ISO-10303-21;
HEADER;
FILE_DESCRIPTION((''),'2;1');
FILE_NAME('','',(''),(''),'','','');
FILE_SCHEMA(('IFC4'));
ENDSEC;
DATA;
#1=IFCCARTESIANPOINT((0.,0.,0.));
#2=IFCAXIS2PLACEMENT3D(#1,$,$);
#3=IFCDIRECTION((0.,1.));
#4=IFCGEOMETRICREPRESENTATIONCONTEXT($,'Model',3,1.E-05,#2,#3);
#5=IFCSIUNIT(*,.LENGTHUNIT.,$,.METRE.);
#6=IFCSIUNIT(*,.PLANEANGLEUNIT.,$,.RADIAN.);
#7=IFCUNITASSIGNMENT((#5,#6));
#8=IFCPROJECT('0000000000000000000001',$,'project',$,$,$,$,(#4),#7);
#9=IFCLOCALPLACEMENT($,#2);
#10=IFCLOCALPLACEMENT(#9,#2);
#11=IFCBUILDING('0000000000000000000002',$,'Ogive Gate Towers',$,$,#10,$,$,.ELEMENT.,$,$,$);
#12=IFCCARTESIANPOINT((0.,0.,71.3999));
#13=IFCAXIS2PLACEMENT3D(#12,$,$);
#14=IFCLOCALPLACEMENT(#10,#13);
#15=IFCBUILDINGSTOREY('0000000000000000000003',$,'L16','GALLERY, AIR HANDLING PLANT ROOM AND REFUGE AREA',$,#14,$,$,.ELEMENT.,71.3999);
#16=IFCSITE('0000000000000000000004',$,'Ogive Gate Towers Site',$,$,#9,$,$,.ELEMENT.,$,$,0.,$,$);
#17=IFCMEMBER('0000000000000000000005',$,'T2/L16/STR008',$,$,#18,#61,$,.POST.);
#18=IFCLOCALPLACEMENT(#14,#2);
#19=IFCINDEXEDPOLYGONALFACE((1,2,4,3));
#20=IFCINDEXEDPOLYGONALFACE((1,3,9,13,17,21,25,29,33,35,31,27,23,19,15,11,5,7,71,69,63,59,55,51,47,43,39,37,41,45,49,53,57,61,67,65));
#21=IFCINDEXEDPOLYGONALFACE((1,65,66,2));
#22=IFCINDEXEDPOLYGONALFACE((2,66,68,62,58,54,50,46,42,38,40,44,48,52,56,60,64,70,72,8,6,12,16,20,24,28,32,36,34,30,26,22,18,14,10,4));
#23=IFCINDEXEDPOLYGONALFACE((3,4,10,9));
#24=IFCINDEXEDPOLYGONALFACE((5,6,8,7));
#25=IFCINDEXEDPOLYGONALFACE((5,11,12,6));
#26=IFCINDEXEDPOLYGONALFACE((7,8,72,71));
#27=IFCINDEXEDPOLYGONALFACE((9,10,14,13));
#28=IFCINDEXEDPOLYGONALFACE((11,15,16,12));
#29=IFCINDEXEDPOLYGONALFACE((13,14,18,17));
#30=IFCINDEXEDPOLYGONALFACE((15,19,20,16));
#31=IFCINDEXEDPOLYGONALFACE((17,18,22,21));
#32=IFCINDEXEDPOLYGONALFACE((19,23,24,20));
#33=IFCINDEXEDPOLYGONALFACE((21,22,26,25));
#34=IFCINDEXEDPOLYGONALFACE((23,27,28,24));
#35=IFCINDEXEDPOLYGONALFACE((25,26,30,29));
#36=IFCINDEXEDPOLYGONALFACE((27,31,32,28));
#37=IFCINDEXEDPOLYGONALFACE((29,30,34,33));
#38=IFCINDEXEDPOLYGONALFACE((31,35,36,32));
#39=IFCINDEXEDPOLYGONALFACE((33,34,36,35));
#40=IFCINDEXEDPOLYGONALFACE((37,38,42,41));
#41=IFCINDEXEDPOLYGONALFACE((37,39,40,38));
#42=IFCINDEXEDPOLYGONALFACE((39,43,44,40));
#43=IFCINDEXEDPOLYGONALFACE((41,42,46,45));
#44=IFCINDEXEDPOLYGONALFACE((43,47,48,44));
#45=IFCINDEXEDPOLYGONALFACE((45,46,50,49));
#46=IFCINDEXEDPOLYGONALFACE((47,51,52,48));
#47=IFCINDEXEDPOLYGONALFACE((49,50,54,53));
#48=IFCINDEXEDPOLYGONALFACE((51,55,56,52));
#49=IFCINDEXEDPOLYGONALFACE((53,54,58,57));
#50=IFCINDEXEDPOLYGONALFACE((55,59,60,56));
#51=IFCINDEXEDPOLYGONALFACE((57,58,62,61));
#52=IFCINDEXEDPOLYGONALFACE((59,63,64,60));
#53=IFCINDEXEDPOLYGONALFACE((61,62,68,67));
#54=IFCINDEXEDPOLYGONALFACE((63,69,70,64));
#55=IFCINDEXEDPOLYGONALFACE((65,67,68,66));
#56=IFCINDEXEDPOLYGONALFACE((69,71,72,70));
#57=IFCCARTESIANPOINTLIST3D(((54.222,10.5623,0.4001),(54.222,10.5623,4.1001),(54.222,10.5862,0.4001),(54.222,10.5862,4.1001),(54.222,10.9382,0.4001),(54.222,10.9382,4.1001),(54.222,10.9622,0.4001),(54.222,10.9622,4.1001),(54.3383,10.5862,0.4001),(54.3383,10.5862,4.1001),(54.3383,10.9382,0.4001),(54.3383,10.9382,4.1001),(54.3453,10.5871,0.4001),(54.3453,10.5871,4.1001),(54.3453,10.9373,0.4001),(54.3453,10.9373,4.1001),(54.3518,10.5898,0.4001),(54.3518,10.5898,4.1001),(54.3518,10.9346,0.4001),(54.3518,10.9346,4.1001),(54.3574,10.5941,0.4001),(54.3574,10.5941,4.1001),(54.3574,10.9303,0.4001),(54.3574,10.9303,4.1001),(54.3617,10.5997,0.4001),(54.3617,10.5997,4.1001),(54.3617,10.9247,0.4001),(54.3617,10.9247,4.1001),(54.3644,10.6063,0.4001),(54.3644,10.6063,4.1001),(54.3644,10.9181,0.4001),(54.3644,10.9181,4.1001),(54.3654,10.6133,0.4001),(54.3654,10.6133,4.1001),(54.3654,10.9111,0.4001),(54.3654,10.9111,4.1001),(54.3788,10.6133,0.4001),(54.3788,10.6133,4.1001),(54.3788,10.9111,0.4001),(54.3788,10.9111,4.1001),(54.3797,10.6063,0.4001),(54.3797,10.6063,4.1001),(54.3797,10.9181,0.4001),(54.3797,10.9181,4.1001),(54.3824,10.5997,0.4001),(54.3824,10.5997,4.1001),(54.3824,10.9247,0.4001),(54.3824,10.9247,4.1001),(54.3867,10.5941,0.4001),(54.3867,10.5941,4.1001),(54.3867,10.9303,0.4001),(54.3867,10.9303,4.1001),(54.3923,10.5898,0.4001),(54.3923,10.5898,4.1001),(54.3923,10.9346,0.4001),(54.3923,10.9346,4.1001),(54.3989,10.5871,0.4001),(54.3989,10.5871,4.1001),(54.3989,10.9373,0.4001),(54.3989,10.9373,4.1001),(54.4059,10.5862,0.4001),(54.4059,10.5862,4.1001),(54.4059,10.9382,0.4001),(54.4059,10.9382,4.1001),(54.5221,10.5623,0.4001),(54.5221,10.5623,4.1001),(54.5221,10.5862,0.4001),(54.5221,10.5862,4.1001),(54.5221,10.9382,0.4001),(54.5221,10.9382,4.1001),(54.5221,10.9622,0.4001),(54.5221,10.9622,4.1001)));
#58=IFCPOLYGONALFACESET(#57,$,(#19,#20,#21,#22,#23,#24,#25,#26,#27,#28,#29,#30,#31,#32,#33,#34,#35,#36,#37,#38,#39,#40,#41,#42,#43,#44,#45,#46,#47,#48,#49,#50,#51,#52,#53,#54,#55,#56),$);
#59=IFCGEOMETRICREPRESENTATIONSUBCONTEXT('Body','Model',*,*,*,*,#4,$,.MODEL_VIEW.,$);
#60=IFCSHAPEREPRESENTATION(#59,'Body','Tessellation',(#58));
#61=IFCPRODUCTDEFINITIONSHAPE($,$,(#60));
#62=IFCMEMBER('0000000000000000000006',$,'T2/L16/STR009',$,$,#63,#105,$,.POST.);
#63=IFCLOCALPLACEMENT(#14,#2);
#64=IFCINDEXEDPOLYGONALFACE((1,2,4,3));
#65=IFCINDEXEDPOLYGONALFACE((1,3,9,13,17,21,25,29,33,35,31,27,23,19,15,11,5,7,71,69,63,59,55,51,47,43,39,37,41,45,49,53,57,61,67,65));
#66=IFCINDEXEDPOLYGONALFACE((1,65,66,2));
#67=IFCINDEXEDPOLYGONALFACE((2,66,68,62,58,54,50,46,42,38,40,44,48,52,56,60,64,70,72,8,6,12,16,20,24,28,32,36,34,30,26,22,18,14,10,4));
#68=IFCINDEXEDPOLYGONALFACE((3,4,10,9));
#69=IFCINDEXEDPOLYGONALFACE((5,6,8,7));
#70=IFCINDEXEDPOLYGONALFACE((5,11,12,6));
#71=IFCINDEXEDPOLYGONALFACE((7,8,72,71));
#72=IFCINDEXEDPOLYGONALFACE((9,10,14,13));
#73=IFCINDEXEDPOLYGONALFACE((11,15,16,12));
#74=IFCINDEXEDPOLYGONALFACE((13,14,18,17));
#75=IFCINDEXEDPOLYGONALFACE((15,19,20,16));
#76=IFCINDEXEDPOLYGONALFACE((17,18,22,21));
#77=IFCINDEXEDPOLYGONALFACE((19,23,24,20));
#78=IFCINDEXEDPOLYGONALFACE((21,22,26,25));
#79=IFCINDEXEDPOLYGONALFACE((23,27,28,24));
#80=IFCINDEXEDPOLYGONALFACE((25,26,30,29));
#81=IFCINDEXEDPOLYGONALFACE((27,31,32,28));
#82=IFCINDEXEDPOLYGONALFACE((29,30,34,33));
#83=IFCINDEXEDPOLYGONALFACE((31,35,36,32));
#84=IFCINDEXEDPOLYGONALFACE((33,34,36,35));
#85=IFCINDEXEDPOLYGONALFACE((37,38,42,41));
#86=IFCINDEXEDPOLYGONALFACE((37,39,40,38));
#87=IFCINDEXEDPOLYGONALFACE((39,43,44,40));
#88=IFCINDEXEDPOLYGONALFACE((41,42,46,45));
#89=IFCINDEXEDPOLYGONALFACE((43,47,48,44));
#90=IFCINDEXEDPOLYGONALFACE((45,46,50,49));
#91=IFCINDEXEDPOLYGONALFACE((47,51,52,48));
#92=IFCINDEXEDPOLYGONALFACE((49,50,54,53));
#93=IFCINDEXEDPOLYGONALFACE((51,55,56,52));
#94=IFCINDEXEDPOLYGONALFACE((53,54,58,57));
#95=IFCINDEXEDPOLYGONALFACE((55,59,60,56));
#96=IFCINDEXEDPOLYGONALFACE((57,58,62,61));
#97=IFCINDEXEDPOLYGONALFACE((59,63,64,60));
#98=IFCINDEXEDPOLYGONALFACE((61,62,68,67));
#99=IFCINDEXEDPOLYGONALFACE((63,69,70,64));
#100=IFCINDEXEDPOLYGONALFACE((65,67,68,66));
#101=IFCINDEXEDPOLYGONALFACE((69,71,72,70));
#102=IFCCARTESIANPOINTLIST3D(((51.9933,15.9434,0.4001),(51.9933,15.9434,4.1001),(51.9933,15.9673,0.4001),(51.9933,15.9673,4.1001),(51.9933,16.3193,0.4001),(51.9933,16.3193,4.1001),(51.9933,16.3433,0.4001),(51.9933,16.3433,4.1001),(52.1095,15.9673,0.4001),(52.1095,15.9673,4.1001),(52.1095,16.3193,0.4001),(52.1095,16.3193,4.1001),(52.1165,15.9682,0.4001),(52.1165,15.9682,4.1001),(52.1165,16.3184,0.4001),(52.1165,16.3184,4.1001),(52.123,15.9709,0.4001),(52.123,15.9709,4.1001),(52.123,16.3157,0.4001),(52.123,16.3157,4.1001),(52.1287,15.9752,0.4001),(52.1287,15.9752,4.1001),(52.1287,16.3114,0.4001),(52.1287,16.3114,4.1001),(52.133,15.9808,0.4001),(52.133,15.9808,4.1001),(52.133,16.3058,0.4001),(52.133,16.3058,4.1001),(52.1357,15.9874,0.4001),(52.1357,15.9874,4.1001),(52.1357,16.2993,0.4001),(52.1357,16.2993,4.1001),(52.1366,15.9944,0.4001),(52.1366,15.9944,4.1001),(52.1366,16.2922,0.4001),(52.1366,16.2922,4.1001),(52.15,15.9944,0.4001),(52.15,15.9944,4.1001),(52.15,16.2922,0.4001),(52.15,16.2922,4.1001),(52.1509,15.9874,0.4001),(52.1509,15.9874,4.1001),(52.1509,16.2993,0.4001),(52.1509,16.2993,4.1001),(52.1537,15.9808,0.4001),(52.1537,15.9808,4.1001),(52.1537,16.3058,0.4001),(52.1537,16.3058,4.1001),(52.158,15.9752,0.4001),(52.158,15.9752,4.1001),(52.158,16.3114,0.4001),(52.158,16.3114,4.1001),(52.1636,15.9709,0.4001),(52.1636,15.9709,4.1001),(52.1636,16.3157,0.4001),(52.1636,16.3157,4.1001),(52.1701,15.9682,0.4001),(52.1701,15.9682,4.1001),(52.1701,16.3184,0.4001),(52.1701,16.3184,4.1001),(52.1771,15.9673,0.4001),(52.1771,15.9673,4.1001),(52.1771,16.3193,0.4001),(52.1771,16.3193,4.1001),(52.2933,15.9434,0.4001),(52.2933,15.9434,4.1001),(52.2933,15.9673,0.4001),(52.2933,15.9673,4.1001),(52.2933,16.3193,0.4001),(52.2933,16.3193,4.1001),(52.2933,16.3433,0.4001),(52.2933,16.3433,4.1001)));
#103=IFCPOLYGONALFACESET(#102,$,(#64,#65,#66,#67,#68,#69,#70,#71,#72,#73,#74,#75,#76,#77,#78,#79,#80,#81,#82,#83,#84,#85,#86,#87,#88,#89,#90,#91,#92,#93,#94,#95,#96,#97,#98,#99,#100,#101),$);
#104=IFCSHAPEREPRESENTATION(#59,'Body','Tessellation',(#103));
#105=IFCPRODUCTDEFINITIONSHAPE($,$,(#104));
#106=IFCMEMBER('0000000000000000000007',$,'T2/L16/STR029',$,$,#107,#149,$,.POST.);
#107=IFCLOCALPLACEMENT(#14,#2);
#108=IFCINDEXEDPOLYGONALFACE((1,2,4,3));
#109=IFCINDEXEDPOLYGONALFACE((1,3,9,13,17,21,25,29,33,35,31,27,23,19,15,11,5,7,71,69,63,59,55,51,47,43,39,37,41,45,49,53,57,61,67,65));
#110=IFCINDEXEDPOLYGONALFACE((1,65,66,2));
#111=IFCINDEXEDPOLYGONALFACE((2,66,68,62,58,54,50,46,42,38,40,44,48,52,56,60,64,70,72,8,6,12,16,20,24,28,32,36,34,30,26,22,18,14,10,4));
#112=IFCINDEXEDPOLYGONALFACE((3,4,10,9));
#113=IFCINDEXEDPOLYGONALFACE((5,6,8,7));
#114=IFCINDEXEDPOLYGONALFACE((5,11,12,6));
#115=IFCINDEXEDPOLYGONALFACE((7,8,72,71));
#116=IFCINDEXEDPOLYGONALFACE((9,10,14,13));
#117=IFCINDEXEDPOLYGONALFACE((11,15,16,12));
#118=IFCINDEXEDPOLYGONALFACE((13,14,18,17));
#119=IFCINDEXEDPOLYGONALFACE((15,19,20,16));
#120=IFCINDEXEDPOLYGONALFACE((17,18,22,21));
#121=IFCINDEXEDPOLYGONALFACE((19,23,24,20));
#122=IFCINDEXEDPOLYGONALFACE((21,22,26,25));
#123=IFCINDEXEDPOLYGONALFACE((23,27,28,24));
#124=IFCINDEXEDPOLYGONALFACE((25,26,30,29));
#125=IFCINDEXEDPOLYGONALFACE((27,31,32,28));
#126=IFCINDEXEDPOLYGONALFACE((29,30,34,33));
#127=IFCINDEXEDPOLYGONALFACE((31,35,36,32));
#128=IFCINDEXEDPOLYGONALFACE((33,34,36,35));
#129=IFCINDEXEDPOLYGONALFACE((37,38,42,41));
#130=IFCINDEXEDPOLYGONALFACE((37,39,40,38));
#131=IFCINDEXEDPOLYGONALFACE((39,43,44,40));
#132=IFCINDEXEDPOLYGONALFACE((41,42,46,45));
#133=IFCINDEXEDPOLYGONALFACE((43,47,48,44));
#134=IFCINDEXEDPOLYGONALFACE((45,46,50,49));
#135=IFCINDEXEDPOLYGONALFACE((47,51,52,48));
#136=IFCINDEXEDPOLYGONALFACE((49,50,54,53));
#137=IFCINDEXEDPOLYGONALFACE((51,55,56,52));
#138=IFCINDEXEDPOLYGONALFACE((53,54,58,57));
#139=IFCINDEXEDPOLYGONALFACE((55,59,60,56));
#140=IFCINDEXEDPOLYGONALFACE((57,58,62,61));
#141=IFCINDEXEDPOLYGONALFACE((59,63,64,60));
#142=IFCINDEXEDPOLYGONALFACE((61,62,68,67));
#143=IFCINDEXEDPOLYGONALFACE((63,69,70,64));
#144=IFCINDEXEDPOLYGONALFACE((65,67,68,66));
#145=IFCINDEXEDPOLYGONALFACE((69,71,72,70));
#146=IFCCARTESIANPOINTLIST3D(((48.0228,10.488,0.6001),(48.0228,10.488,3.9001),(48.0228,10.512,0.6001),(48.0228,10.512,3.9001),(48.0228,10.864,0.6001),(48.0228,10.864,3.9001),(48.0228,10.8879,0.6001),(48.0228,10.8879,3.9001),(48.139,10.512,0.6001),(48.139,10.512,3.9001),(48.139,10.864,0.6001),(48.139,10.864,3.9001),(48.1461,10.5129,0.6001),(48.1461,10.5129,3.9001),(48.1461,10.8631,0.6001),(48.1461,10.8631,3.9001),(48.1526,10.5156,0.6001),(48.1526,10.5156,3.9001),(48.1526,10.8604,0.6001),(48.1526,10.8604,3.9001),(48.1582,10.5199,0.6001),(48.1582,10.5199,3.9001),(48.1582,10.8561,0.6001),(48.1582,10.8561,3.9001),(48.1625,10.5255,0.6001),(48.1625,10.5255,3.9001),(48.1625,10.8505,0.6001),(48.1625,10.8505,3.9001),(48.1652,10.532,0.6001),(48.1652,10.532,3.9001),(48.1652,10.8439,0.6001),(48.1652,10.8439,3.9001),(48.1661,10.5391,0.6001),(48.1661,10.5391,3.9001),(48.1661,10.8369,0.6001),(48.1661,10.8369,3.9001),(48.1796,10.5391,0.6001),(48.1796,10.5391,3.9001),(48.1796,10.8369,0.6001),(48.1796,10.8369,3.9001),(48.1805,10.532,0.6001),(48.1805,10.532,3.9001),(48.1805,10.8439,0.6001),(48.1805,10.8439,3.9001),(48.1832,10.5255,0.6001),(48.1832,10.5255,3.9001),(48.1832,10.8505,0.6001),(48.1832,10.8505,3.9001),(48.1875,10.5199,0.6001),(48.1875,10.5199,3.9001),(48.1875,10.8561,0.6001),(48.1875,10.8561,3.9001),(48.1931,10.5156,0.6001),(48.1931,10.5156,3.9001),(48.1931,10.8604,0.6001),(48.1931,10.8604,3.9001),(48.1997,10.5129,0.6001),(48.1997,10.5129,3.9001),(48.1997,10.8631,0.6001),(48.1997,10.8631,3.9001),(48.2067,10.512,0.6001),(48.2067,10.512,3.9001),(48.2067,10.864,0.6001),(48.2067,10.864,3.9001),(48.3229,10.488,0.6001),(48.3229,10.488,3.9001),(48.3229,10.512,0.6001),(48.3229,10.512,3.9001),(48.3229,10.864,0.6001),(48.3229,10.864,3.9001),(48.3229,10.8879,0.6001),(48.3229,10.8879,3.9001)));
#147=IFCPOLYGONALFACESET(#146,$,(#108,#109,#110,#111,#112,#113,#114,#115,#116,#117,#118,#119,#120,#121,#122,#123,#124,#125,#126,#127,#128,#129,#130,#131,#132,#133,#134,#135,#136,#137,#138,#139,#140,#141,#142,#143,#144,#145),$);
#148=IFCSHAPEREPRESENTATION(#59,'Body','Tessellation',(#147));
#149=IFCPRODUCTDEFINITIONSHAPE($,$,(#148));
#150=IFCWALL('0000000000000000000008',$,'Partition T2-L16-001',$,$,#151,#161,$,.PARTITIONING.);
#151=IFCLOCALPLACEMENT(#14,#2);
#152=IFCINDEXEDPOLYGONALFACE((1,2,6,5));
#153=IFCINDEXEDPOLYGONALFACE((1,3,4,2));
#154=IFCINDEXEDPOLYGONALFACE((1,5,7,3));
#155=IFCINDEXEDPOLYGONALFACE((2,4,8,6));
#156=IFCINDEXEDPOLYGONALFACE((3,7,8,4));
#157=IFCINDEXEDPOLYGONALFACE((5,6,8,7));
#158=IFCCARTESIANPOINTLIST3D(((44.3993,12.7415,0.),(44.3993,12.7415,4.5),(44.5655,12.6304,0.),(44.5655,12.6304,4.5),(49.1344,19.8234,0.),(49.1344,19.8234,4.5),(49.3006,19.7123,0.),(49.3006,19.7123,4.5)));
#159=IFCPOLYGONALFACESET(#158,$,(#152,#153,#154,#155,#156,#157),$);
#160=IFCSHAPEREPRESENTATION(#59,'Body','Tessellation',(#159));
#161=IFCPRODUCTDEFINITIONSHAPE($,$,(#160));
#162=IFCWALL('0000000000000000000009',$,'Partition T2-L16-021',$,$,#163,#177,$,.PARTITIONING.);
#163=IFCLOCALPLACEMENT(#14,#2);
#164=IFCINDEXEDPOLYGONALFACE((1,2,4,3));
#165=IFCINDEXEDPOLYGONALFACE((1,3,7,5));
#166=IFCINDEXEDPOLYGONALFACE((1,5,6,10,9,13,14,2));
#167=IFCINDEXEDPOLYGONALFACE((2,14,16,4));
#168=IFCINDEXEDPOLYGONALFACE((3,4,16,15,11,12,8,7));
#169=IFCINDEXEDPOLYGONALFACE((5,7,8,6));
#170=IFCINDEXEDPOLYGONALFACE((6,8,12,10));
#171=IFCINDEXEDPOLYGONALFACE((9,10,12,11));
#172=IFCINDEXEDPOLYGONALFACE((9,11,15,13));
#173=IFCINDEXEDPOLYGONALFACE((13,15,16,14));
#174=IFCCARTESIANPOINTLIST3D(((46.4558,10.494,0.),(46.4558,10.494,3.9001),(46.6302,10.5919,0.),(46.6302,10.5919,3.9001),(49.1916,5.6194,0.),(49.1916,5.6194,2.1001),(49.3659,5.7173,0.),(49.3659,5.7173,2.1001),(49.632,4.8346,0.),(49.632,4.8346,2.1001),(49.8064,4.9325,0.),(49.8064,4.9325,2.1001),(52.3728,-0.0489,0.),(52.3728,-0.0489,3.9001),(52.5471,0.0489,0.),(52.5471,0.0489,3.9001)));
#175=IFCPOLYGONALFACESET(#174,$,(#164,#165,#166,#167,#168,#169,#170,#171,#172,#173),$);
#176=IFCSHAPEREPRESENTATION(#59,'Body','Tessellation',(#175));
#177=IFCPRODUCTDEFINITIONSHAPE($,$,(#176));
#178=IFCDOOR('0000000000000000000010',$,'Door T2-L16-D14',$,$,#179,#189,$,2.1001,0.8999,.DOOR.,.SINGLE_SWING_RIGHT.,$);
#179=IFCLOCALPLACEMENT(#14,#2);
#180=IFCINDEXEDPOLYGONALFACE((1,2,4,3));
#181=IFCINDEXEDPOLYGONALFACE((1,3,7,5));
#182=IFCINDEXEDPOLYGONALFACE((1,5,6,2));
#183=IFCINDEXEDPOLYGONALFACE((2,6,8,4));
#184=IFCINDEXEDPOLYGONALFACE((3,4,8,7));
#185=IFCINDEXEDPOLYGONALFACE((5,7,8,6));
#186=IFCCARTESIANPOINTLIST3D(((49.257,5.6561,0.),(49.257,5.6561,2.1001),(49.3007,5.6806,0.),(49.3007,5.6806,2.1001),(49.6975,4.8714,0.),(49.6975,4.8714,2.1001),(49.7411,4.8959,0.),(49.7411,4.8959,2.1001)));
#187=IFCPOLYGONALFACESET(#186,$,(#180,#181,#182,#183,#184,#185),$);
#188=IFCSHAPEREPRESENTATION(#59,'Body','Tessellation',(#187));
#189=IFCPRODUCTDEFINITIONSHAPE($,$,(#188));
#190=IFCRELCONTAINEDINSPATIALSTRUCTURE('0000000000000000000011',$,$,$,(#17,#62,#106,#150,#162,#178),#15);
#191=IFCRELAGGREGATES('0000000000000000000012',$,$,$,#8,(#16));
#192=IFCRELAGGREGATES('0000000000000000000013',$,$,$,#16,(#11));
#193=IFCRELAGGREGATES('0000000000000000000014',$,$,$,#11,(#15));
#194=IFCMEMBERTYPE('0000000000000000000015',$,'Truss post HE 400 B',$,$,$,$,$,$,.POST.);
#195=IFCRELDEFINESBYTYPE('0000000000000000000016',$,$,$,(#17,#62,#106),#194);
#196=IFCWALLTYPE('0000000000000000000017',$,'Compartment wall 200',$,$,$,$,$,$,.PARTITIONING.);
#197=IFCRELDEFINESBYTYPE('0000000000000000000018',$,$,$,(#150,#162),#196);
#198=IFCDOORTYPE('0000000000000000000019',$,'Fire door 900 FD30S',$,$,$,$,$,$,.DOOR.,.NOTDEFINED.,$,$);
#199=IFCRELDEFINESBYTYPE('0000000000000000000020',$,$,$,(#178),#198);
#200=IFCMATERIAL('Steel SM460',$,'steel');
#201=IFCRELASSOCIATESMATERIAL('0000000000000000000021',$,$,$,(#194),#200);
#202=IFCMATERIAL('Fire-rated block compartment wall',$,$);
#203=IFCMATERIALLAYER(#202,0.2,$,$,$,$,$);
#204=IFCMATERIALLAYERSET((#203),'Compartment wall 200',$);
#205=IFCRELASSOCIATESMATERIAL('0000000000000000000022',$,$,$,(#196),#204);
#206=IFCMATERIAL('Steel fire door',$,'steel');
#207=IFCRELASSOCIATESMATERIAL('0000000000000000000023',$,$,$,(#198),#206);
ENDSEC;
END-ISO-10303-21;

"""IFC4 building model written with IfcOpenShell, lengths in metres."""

from ifc_helpers import new_model, si_unit, direction, frame, frame_2d, origin, origin_2d, place, context, subcontext, project, spatial, rectangle, i_section, extrude, material, layer, layer_set, material_profile, profile_set, type_object, element, fill, save


model = new_model("IFC4")

# Units and contexts
model_context = context("Model", 3, precision=1e-05, world=origin(), true_north=direction((0.0, 1.0)))
body_context = subcontext(model_context, "Body", "Model", "MODEL_VIEW")
ifc_project = project(units=[si_unit("LENGTHUNIT", "METRE"), si_unit("PLANEANGLEUNIT", "RADIAN")], contexts=[model_context])

# Site, building, storey
site_placement = place(None, origin())
site = spatial("IfcSite", under=ifc_project, at=site_placement, Name="Ogive Gate Towers Site", CompositionType="ELEMENT", RefElevation=0.0)
building_placement = place(site_placement, origin())
building = spatial("IfcBuilding", under=site, at=building_placement, Name="Ogive Gate Towers", CompositionType="ELEMENT")
storey_placement = place(building_placement, frame((0.0, 0.0, 71.3999)))
storey = spatial("IfcBuildingStorey", under=building, at=storey_placement, Name="L16", Description="GALLERY, AIR HANDLING PLANT ROOM AND REFUGE AREA", CompositionType="ELEMENT", Elevation=71.3999)

# Shared definitions
ifc_material_1 = material(Name="Steel SM460", Category="steel")

# Members
ifc_material_profile_1 = material_profile(ifc_material_1, i_section(OverallWidth=0.3, OverallDepth=0.3999, WebThickness=0.0134, FlangeThickness=0.0239, FilletRadius=0.0271, at=origin_2d()), Name="HE 400 B")
ifc_profile_set_1 = profile_set([ifc_material_profile_1], Name="Steel SM460")
member_type_1 = type_object("IfcMemberType", Name="Truss post HE 400 B", PredefinedType="POST", material=ifc_profile_set_1)
for number, where, z_axis, x_axis, name in (
    (1, (54.3721, 10.7622, 0.4001), (0.0, 0.0, 1.0), (1.0, 0.0, 0.0), "T2/L16/STR008"),
    (2, (52.1433, 16.1433, 0.4001), (0.0, 0.0, 1.0), (1.0, 0.0, 0.0), "T2/L16/STR009"),
):
    element("IfcMember", number, at=place(storey_placement, frame(where, z_axis=z_axis, x_axis=x_axis)), inside=storey, type_object=member_type_1, Name=name, PredefinedType="POST", context=body_context, shape_type="SweptSolid", body=[
        extrude(i_section(OverallWidth=0.3, OverallDepth=0.3999, WebThickness=0.0134, FlangeThickness=0.0239, FilletRadius=0.0271, at=origin_2d()), origin(), (0.0, 0.0, 1.0), 3.7),
    ])
member_1_placement = place(storey_placement, frame((48.1729, 10.688, 0.6001), z_axis=(0.0, 0.0, 1.0), x_axis=(1.0, 0.0, 0.0)))
element("IfcMember", 3, at=member_1_placement, inside=storey, type_object=member_type_1, Name="T2/L16/STR029", PredefinedType="POST", context=body_context, shape_type="SweptSolid", body=[
    extrude(i_section(OverallWidth=0.3, OverallDepth=0.3999, WebThickness=0.0134, FlangeThickness=0.0239, FilletRadius=0.0271, at=origin_2d()), origin(), (0.0, 0.0, 1.0), 3.3),
])

# Wall
ifc_material_2 = material(Name="Fire-rated block compartment wall")
ifc_layer_1 = layer(ifc_material_2, 0.2)
ifc_layer_set_1 = layer_set([ifc_layer_1], Name="Compartment wall 200")
wall_type_1 = type_object("IfcWallType", Name="Compartment wall 200", PredefinedType="PARTITIONING", material=ifc_layer_set_1)
wall_1_placement = place(storey_placement, frame((49.2175, 19.7678, 0.0), z_axis=(0.0, 0.0, 1.0), x_axis=(-0.555831, -0.831296, 0.0)))
element("IfcWall", 4, at=wall_1_placement, inside=storey, type_object=wall_type_1, Name="Partition T2-L16-001", PredefinedType="PARTITIONING", context=body_context, shape_type="SweptSolid", body=[
    extrude(rectangle(XDim=8.519, YDim=0.2, at=frame_2d((4.2595, 0.0))), origin(), (0.0, 0.0, 1.0), 4.5),
])

# Wall, opening, door
wall_2_placement = place(storey_placement, frame((52.46, 0.0, 0.0), z_axis=(0.0, 0.0, 1.0), x_axis=(-0.489417, 0.87205, 0.0)))
wall_2 = element("IfcWall", 5, at=wall_2_placement, inside=storey, type_object=wall_type_1, Name="Partition T2-L16-021", PredefinedType="PARTITIONING", context=body_context, shape_type="SweptSolid", body=[
    extrude(rectangle(XDim=12.0898, YDim=0.2, at=frame_2d((6.0449, 0.0))), origin(), (0.0, 0.0, 1.0), 3.9001),
])
opening_1_placement = place(wall_2_placement, frame((5.6001, 0.0, 0.0)))
opening_1 = element("IfcOpeningElement", 6, at=opening_1_placement, cuts=wall_2, PredefinedType="OPENING", context=body_context, shape_type="SweptSolid", body=[
    extrude(rectangle(XDim=0.8999, YDim=2.1001, at=frame_2d((0.45, 1.05))), frame((0.0, 0.1099, 0.0), z_axis=(0.0, -1.0, 0.0), x_axis=(1.0, 0.0, 0.0)), (0.0, 0.0, 1.0), 0.22),
])
ifc_material_3 = material(Name="Steel fire door", Category="steel")
door_type_1 = type_object("IfcDoorType", Name="Fire door 900 FD30S", OperationType="NOTDEFINED", PredefinedType="DOOR", material=ifc_material_3)
door_1_placement = place(opening_1_placement, origin())
door_1 = element("IfcDoor", 7, at=door_1_placement, inside=storey, type_object=door_type_1, Name="Door T2-L16-D14", OperationType="SINGLE_SWING_RIGHT", OverallHeight=2.1001, OverallWidth=0.8999, PredefinedType="DOOR", context=body_context, shape_type="SweptSolid", body=[
    extrude(rectangle(XDim=0.8999, YDim=2.1001, at=frame_2d((0.45, 1.05))), frame((0.0, 0.0249, 0.0), z_axis=(0.0, -1.0, 0.0), x_axis=(1.0, 0.0, 0.0)), (0.0, 0.0, 1.0), 0.05),
])
fill(opening_1, door_1)

save(model, "model.ifc")
